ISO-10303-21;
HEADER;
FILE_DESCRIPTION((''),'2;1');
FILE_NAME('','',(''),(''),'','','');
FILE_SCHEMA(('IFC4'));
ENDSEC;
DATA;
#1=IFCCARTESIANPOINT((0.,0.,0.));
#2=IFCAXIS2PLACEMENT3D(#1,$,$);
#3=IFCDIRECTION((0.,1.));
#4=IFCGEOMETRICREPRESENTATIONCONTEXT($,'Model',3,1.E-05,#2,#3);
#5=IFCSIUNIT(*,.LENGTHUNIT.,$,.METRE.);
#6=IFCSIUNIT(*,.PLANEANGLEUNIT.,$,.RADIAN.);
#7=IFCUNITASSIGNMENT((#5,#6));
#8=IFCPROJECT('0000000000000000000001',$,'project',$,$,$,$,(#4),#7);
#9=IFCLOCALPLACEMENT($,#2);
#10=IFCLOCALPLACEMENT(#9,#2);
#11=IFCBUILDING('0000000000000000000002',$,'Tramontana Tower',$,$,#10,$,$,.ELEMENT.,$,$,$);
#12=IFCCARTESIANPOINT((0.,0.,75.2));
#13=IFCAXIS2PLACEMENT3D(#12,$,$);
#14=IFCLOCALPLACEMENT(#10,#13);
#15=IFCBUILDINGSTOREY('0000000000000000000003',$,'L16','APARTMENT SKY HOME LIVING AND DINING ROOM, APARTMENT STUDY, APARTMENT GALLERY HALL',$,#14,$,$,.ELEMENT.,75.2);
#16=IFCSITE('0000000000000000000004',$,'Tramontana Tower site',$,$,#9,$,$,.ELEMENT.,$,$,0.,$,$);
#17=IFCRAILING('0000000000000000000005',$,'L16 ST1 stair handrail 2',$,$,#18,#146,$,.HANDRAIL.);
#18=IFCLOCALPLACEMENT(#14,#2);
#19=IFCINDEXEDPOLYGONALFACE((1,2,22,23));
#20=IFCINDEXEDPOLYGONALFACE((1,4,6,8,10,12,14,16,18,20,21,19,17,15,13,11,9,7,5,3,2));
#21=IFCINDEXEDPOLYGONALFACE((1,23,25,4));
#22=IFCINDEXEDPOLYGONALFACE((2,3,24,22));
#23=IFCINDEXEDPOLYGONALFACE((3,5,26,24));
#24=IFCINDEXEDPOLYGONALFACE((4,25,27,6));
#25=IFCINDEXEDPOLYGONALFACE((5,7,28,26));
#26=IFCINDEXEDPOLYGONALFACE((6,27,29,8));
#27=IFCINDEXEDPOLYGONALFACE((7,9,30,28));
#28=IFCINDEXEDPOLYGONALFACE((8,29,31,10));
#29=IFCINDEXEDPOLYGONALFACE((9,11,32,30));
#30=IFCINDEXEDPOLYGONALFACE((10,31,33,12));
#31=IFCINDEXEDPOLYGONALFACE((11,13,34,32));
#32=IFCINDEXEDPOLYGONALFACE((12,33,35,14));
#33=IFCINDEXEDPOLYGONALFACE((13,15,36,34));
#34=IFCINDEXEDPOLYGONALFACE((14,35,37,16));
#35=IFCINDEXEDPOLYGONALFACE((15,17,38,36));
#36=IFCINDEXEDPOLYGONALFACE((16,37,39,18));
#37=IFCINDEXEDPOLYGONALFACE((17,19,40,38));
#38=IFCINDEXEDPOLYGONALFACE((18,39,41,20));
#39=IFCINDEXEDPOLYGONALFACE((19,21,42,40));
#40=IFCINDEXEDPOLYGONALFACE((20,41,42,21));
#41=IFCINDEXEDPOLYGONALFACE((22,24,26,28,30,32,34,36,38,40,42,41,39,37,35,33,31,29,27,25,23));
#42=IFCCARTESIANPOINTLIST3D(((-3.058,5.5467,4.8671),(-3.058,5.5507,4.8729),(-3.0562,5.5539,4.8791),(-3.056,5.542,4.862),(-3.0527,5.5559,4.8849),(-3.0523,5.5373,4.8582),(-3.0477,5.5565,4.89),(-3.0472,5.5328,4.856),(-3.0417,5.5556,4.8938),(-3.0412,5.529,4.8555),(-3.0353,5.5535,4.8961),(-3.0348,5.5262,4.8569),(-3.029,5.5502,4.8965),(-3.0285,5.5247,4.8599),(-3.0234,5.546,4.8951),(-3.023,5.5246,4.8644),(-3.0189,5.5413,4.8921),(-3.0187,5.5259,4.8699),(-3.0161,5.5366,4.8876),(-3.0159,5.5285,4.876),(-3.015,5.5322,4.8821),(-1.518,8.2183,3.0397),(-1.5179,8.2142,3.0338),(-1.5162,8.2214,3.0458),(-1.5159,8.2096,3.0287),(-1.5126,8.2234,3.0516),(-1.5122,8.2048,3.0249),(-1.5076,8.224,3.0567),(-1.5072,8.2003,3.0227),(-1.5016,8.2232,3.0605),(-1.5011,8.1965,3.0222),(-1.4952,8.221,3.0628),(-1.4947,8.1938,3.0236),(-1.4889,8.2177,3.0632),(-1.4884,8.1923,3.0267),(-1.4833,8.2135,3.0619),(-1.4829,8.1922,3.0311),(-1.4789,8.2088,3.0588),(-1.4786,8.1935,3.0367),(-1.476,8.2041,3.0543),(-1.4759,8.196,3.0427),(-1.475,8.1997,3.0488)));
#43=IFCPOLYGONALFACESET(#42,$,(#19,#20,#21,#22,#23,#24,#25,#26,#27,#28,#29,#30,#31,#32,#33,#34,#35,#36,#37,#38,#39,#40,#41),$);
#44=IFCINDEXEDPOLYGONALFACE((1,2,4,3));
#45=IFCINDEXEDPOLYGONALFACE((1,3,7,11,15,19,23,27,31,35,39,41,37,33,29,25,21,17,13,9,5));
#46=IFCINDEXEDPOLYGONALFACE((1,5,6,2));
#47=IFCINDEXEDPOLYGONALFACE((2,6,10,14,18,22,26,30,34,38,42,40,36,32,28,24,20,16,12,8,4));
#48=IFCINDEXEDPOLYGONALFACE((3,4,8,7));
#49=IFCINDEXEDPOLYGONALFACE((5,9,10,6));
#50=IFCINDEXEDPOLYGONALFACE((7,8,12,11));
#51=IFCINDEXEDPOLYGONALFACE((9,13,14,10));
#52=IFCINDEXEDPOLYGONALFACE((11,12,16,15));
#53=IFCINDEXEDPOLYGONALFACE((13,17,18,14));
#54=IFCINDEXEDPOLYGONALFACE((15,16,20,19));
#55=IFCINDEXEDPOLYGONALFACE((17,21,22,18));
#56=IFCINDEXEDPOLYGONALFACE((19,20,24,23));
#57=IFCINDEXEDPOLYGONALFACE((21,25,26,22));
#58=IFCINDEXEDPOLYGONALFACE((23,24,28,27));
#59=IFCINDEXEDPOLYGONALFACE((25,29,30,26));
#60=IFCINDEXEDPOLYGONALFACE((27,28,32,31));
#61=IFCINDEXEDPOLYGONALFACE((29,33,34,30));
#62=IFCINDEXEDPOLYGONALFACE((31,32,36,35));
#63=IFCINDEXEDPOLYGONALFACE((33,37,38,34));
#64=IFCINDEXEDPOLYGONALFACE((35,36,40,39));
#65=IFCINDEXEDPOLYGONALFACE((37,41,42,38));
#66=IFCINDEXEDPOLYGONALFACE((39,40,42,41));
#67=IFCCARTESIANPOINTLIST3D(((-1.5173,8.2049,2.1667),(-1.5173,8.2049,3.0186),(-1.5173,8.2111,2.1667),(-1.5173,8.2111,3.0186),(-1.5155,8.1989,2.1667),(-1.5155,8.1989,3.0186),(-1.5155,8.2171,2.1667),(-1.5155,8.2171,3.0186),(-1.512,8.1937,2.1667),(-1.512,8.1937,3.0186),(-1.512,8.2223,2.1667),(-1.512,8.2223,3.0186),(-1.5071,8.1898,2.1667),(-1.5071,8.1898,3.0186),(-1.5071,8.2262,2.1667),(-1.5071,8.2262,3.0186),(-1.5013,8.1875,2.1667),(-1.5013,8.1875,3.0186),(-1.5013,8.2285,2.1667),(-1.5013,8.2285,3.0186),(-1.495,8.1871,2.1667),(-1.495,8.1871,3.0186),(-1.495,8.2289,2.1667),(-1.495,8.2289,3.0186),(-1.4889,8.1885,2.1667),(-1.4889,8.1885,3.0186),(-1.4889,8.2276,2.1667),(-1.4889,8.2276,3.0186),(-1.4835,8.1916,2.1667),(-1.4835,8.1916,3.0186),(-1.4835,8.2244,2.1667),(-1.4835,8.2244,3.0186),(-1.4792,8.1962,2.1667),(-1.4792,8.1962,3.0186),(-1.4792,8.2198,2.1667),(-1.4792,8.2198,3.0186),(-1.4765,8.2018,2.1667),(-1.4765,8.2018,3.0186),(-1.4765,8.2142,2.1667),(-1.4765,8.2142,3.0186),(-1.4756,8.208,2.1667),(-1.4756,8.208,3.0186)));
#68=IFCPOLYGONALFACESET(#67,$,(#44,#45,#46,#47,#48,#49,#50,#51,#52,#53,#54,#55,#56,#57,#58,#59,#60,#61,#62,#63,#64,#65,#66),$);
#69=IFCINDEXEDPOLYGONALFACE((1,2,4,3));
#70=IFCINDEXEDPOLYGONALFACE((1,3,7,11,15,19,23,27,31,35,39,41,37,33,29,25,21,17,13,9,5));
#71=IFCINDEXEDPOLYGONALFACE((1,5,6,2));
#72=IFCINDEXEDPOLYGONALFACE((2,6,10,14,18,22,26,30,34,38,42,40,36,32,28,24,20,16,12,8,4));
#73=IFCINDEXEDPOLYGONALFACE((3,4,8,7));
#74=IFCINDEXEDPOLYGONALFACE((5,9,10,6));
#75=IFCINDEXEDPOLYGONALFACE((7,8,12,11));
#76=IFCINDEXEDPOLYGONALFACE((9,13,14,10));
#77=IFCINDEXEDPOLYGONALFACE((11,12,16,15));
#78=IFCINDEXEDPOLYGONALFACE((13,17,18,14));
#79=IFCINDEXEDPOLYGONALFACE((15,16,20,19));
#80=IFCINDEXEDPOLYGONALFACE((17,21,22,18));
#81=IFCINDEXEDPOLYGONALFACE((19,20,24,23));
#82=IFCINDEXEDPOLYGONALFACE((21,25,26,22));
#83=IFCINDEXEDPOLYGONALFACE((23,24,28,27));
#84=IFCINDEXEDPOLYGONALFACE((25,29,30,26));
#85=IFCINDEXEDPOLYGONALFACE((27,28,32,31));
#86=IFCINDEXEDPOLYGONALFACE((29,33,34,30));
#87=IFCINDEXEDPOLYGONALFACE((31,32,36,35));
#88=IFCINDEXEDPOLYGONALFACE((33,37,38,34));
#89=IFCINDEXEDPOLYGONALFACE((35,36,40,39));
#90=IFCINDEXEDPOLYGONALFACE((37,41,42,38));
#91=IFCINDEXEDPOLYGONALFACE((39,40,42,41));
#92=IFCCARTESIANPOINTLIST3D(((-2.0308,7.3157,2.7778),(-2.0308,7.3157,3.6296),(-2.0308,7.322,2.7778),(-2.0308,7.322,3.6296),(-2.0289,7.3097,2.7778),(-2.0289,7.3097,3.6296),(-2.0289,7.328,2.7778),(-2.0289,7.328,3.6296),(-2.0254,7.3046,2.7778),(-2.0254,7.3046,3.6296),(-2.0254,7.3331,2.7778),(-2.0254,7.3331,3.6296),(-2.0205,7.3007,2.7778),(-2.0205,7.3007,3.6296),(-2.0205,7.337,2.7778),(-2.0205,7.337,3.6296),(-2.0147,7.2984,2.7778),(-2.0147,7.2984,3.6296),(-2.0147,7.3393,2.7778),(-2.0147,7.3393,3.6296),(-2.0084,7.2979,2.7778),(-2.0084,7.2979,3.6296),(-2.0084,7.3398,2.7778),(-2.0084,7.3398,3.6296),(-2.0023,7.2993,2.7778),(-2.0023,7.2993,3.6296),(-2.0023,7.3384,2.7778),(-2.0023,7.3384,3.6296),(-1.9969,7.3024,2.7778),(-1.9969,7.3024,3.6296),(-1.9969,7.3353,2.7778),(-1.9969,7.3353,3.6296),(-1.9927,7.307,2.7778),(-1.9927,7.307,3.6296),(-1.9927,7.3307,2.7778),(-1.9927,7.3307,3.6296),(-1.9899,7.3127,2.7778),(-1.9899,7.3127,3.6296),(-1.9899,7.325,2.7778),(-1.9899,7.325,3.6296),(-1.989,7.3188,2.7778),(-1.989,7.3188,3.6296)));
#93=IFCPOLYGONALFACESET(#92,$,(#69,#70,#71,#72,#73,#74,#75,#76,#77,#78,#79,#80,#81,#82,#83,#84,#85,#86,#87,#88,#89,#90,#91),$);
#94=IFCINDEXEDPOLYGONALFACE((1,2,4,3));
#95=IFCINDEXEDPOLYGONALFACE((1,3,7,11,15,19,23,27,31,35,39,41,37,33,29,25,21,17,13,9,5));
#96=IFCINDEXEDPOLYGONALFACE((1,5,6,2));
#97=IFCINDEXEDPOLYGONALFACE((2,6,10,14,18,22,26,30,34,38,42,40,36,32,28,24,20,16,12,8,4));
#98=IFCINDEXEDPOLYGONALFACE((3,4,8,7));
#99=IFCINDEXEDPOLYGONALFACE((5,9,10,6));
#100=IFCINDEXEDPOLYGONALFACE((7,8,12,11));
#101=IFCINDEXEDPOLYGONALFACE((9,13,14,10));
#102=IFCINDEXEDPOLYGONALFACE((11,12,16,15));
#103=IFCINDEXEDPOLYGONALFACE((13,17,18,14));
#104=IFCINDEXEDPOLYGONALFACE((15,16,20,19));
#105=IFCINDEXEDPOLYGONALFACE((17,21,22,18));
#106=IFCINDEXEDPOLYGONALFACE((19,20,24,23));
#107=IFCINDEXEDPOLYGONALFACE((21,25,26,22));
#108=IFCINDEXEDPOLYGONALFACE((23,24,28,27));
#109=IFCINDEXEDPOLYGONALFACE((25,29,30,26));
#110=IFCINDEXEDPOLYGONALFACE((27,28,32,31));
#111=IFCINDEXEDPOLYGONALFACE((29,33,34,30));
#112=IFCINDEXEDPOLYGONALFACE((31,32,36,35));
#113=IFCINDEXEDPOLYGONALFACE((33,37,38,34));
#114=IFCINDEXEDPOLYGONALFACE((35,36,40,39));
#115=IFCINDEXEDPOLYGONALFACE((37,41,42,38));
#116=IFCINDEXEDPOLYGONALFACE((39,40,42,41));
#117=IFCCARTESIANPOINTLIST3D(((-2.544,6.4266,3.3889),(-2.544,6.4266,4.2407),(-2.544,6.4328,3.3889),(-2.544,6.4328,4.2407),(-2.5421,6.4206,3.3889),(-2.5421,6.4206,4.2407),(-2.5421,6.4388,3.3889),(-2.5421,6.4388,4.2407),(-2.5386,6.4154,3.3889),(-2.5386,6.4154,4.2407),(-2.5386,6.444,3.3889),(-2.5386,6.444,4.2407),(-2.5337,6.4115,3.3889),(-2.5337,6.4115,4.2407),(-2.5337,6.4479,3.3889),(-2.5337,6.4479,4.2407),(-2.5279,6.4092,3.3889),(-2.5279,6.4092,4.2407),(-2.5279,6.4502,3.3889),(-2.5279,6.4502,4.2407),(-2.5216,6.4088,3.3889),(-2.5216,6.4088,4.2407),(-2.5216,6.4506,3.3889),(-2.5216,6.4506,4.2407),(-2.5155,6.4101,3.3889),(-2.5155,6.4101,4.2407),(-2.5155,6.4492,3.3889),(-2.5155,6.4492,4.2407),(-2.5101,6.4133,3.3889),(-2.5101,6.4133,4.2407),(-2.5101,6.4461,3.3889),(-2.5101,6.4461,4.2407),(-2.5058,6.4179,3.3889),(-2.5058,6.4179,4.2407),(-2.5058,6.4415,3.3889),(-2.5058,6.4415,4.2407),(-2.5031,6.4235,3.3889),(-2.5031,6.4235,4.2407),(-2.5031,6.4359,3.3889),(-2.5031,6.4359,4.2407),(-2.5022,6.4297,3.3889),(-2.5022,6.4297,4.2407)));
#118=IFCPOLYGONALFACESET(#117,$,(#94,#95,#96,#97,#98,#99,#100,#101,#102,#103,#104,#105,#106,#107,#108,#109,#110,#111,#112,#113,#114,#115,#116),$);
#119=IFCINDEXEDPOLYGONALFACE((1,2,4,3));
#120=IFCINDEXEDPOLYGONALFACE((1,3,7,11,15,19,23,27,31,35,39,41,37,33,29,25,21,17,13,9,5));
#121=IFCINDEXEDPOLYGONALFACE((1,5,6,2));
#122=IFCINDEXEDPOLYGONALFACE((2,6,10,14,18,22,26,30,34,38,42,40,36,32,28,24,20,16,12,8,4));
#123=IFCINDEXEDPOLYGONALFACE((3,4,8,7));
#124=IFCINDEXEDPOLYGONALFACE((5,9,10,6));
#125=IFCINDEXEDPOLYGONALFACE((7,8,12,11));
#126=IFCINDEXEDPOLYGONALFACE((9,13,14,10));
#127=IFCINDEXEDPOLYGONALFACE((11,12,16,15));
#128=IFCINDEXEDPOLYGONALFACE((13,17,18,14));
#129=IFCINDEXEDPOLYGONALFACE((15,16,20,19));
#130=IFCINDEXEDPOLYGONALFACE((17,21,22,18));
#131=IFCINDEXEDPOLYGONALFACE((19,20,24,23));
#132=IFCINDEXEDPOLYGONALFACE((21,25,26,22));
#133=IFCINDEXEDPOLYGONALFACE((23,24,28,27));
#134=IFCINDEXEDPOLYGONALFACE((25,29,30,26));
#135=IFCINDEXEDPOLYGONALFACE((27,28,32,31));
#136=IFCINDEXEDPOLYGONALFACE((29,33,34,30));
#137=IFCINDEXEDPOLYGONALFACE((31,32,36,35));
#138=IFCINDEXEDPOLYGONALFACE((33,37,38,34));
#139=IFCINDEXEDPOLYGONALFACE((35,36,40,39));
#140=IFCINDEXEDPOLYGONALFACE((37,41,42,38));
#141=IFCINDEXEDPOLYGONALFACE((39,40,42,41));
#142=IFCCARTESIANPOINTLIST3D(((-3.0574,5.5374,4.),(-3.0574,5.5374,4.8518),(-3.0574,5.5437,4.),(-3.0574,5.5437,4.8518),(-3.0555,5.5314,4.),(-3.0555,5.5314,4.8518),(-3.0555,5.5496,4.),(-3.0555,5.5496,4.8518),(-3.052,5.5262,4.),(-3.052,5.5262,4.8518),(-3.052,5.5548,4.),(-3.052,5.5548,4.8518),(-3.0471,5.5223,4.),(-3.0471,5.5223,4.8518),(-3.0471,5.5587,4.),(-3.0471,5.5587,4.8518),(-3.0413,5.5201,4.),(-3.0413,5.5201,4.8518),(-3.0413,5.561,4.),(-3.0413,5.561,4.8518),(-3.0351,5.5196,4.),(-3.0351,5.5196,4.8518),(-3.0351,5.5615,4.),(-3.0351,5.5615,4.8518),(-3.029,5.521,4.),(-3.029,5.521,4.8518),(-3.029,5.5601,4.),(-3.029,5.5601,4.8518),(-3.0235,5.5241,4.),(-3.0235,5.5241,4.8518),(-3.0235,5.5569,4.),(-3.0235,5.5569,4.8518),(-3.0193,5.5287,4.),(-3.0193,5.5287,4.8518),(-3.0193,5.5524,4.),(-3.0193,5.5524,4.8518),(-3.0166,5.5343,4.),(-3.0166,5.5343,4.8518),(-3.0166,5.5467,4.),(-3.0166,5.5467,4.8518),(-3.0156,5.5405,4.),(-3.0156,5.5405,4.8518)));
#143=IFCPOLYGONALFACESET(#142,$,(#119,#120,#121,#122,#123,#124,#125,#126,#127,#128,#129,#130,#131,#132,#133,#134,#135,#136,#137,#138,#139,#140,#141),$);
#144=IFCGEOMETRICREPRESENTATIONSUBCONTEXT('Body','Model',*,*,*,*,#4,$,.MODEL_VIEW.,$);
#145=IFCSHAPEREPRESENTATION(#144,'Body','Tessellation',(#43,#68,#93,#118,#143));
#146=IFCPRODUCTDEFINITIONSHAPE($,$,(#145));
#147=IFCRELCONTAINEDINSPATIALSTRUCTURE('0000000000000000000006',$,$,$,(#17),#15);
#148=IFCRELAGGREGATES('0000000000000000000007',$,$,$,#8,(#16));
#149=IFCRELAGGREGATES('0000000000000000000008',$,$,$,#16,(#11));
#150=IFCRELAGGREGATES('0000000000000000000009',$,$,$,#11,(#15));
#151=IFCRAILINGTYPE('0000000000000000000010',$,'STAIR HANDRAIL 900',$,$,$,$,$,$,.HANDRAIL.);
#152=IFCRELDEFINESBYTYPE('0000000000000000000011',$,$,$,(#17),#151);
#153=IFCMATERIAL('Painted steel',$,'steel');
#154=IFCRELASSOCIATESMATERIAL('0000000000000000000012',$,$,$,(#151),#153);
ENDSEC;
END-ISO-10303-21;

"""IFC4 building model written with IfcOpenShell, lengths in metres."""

from ifc_helpers import new_model, si_unit, direction, frame, origin, origin_2d, place, context, subcontext, project, spatial, circle, extrude, material, type_object, element, save


model = new_model("IFC4")

# Units and contexts
model_context = context("Model", 3, precision=1e-05, world=origin(), true_north=direction((0.0, 1.0)))
body_context = subcontext(model_context, "Body", "Model", "MODEL_VIEW")
ifc_project = project(units=[si_unit("LENGTHUNIT", "METRE"), si_unit("PLANEANGLEUNIT", "RADIAN")], contexts=[model_context])

# Site, building, storey
site_placement = place(None, origin())
site = spatial("IfcSite", under=ifc_project, at=site_placement, Name="Tramontana Tower site", CompositionType="ELEMENT", RefElevation=0.0)
building_placement = place(site_placement, origin())
building = spatial("IfcBuilding", under=site, at=building_placement, Name="Tramontana Tower", CompositionType="ELEMENT")
storey_placement = place(building_placement, frame((0.0, 0.0, 75.2)))
storey = spatial("IfcBuildingStorey", under=building, at=storey_placement, Name="L16", Description="APARTMENT SKY HOME LIVING AND DINING ROOM, APARTMENT STUDY, APARTMENT GALLERY HALL", CompositionType="ELEMENT", Elevation=75.2)

# Railing
ifc_material_1 = material(Name="Painted steel", Category="steel")
railing_type_1 = type_object("IfcRailingType", Name="STAIR HANDRAIL 900", PredefinedType="HANDRAIL", material=ifc_material_1)
railing_1_placement = place(storey_placement, frame((-1.4966, 8.208, 2.1667)))
element("IfcRailing", 1, at=railing_1_placement, inside=storey, type_object=railing_type_1, Name="L16 ST1 stair handrail 2", PredefinedType="HANDRAIL", context=body_context, shape_type="SweptSolid", body=[
    extrude(circle(Radius=0.0239, at=origin_2d()), frame((0.0, 0.0, 0.876), z_axis=(-0.429649, -0.74419, 0.511452), x_axis=(0.86603, -0.499992, 0.0)), (0.0, 0.0, 1.0), 3.5845),
    extrude(circle(Radius=0.021, at=origin_2d()), origin(), (0.0, 0.0, 1.0), 0.8518),
    extrude(circle(Radius=0.021, at=origin_2d()), frame((-0.5134, -0.8892, 0.6111)), (0.0, 0.0, 1.0), 0.8518),
    extrude(circle(Radius=0.021, at=origin_2d()), frame((-1.0266, -1.7783, 1.2222)), (0.0, 0.0, 1.0), 0.8518),
    extrude(circle(Radius=0.021, at=origin_2d()), frame((-1.54, -2.6675, 1.8333)), (0.0, 0.0, 1.0), 0.8518),
])

save(model, "model.ifc")
